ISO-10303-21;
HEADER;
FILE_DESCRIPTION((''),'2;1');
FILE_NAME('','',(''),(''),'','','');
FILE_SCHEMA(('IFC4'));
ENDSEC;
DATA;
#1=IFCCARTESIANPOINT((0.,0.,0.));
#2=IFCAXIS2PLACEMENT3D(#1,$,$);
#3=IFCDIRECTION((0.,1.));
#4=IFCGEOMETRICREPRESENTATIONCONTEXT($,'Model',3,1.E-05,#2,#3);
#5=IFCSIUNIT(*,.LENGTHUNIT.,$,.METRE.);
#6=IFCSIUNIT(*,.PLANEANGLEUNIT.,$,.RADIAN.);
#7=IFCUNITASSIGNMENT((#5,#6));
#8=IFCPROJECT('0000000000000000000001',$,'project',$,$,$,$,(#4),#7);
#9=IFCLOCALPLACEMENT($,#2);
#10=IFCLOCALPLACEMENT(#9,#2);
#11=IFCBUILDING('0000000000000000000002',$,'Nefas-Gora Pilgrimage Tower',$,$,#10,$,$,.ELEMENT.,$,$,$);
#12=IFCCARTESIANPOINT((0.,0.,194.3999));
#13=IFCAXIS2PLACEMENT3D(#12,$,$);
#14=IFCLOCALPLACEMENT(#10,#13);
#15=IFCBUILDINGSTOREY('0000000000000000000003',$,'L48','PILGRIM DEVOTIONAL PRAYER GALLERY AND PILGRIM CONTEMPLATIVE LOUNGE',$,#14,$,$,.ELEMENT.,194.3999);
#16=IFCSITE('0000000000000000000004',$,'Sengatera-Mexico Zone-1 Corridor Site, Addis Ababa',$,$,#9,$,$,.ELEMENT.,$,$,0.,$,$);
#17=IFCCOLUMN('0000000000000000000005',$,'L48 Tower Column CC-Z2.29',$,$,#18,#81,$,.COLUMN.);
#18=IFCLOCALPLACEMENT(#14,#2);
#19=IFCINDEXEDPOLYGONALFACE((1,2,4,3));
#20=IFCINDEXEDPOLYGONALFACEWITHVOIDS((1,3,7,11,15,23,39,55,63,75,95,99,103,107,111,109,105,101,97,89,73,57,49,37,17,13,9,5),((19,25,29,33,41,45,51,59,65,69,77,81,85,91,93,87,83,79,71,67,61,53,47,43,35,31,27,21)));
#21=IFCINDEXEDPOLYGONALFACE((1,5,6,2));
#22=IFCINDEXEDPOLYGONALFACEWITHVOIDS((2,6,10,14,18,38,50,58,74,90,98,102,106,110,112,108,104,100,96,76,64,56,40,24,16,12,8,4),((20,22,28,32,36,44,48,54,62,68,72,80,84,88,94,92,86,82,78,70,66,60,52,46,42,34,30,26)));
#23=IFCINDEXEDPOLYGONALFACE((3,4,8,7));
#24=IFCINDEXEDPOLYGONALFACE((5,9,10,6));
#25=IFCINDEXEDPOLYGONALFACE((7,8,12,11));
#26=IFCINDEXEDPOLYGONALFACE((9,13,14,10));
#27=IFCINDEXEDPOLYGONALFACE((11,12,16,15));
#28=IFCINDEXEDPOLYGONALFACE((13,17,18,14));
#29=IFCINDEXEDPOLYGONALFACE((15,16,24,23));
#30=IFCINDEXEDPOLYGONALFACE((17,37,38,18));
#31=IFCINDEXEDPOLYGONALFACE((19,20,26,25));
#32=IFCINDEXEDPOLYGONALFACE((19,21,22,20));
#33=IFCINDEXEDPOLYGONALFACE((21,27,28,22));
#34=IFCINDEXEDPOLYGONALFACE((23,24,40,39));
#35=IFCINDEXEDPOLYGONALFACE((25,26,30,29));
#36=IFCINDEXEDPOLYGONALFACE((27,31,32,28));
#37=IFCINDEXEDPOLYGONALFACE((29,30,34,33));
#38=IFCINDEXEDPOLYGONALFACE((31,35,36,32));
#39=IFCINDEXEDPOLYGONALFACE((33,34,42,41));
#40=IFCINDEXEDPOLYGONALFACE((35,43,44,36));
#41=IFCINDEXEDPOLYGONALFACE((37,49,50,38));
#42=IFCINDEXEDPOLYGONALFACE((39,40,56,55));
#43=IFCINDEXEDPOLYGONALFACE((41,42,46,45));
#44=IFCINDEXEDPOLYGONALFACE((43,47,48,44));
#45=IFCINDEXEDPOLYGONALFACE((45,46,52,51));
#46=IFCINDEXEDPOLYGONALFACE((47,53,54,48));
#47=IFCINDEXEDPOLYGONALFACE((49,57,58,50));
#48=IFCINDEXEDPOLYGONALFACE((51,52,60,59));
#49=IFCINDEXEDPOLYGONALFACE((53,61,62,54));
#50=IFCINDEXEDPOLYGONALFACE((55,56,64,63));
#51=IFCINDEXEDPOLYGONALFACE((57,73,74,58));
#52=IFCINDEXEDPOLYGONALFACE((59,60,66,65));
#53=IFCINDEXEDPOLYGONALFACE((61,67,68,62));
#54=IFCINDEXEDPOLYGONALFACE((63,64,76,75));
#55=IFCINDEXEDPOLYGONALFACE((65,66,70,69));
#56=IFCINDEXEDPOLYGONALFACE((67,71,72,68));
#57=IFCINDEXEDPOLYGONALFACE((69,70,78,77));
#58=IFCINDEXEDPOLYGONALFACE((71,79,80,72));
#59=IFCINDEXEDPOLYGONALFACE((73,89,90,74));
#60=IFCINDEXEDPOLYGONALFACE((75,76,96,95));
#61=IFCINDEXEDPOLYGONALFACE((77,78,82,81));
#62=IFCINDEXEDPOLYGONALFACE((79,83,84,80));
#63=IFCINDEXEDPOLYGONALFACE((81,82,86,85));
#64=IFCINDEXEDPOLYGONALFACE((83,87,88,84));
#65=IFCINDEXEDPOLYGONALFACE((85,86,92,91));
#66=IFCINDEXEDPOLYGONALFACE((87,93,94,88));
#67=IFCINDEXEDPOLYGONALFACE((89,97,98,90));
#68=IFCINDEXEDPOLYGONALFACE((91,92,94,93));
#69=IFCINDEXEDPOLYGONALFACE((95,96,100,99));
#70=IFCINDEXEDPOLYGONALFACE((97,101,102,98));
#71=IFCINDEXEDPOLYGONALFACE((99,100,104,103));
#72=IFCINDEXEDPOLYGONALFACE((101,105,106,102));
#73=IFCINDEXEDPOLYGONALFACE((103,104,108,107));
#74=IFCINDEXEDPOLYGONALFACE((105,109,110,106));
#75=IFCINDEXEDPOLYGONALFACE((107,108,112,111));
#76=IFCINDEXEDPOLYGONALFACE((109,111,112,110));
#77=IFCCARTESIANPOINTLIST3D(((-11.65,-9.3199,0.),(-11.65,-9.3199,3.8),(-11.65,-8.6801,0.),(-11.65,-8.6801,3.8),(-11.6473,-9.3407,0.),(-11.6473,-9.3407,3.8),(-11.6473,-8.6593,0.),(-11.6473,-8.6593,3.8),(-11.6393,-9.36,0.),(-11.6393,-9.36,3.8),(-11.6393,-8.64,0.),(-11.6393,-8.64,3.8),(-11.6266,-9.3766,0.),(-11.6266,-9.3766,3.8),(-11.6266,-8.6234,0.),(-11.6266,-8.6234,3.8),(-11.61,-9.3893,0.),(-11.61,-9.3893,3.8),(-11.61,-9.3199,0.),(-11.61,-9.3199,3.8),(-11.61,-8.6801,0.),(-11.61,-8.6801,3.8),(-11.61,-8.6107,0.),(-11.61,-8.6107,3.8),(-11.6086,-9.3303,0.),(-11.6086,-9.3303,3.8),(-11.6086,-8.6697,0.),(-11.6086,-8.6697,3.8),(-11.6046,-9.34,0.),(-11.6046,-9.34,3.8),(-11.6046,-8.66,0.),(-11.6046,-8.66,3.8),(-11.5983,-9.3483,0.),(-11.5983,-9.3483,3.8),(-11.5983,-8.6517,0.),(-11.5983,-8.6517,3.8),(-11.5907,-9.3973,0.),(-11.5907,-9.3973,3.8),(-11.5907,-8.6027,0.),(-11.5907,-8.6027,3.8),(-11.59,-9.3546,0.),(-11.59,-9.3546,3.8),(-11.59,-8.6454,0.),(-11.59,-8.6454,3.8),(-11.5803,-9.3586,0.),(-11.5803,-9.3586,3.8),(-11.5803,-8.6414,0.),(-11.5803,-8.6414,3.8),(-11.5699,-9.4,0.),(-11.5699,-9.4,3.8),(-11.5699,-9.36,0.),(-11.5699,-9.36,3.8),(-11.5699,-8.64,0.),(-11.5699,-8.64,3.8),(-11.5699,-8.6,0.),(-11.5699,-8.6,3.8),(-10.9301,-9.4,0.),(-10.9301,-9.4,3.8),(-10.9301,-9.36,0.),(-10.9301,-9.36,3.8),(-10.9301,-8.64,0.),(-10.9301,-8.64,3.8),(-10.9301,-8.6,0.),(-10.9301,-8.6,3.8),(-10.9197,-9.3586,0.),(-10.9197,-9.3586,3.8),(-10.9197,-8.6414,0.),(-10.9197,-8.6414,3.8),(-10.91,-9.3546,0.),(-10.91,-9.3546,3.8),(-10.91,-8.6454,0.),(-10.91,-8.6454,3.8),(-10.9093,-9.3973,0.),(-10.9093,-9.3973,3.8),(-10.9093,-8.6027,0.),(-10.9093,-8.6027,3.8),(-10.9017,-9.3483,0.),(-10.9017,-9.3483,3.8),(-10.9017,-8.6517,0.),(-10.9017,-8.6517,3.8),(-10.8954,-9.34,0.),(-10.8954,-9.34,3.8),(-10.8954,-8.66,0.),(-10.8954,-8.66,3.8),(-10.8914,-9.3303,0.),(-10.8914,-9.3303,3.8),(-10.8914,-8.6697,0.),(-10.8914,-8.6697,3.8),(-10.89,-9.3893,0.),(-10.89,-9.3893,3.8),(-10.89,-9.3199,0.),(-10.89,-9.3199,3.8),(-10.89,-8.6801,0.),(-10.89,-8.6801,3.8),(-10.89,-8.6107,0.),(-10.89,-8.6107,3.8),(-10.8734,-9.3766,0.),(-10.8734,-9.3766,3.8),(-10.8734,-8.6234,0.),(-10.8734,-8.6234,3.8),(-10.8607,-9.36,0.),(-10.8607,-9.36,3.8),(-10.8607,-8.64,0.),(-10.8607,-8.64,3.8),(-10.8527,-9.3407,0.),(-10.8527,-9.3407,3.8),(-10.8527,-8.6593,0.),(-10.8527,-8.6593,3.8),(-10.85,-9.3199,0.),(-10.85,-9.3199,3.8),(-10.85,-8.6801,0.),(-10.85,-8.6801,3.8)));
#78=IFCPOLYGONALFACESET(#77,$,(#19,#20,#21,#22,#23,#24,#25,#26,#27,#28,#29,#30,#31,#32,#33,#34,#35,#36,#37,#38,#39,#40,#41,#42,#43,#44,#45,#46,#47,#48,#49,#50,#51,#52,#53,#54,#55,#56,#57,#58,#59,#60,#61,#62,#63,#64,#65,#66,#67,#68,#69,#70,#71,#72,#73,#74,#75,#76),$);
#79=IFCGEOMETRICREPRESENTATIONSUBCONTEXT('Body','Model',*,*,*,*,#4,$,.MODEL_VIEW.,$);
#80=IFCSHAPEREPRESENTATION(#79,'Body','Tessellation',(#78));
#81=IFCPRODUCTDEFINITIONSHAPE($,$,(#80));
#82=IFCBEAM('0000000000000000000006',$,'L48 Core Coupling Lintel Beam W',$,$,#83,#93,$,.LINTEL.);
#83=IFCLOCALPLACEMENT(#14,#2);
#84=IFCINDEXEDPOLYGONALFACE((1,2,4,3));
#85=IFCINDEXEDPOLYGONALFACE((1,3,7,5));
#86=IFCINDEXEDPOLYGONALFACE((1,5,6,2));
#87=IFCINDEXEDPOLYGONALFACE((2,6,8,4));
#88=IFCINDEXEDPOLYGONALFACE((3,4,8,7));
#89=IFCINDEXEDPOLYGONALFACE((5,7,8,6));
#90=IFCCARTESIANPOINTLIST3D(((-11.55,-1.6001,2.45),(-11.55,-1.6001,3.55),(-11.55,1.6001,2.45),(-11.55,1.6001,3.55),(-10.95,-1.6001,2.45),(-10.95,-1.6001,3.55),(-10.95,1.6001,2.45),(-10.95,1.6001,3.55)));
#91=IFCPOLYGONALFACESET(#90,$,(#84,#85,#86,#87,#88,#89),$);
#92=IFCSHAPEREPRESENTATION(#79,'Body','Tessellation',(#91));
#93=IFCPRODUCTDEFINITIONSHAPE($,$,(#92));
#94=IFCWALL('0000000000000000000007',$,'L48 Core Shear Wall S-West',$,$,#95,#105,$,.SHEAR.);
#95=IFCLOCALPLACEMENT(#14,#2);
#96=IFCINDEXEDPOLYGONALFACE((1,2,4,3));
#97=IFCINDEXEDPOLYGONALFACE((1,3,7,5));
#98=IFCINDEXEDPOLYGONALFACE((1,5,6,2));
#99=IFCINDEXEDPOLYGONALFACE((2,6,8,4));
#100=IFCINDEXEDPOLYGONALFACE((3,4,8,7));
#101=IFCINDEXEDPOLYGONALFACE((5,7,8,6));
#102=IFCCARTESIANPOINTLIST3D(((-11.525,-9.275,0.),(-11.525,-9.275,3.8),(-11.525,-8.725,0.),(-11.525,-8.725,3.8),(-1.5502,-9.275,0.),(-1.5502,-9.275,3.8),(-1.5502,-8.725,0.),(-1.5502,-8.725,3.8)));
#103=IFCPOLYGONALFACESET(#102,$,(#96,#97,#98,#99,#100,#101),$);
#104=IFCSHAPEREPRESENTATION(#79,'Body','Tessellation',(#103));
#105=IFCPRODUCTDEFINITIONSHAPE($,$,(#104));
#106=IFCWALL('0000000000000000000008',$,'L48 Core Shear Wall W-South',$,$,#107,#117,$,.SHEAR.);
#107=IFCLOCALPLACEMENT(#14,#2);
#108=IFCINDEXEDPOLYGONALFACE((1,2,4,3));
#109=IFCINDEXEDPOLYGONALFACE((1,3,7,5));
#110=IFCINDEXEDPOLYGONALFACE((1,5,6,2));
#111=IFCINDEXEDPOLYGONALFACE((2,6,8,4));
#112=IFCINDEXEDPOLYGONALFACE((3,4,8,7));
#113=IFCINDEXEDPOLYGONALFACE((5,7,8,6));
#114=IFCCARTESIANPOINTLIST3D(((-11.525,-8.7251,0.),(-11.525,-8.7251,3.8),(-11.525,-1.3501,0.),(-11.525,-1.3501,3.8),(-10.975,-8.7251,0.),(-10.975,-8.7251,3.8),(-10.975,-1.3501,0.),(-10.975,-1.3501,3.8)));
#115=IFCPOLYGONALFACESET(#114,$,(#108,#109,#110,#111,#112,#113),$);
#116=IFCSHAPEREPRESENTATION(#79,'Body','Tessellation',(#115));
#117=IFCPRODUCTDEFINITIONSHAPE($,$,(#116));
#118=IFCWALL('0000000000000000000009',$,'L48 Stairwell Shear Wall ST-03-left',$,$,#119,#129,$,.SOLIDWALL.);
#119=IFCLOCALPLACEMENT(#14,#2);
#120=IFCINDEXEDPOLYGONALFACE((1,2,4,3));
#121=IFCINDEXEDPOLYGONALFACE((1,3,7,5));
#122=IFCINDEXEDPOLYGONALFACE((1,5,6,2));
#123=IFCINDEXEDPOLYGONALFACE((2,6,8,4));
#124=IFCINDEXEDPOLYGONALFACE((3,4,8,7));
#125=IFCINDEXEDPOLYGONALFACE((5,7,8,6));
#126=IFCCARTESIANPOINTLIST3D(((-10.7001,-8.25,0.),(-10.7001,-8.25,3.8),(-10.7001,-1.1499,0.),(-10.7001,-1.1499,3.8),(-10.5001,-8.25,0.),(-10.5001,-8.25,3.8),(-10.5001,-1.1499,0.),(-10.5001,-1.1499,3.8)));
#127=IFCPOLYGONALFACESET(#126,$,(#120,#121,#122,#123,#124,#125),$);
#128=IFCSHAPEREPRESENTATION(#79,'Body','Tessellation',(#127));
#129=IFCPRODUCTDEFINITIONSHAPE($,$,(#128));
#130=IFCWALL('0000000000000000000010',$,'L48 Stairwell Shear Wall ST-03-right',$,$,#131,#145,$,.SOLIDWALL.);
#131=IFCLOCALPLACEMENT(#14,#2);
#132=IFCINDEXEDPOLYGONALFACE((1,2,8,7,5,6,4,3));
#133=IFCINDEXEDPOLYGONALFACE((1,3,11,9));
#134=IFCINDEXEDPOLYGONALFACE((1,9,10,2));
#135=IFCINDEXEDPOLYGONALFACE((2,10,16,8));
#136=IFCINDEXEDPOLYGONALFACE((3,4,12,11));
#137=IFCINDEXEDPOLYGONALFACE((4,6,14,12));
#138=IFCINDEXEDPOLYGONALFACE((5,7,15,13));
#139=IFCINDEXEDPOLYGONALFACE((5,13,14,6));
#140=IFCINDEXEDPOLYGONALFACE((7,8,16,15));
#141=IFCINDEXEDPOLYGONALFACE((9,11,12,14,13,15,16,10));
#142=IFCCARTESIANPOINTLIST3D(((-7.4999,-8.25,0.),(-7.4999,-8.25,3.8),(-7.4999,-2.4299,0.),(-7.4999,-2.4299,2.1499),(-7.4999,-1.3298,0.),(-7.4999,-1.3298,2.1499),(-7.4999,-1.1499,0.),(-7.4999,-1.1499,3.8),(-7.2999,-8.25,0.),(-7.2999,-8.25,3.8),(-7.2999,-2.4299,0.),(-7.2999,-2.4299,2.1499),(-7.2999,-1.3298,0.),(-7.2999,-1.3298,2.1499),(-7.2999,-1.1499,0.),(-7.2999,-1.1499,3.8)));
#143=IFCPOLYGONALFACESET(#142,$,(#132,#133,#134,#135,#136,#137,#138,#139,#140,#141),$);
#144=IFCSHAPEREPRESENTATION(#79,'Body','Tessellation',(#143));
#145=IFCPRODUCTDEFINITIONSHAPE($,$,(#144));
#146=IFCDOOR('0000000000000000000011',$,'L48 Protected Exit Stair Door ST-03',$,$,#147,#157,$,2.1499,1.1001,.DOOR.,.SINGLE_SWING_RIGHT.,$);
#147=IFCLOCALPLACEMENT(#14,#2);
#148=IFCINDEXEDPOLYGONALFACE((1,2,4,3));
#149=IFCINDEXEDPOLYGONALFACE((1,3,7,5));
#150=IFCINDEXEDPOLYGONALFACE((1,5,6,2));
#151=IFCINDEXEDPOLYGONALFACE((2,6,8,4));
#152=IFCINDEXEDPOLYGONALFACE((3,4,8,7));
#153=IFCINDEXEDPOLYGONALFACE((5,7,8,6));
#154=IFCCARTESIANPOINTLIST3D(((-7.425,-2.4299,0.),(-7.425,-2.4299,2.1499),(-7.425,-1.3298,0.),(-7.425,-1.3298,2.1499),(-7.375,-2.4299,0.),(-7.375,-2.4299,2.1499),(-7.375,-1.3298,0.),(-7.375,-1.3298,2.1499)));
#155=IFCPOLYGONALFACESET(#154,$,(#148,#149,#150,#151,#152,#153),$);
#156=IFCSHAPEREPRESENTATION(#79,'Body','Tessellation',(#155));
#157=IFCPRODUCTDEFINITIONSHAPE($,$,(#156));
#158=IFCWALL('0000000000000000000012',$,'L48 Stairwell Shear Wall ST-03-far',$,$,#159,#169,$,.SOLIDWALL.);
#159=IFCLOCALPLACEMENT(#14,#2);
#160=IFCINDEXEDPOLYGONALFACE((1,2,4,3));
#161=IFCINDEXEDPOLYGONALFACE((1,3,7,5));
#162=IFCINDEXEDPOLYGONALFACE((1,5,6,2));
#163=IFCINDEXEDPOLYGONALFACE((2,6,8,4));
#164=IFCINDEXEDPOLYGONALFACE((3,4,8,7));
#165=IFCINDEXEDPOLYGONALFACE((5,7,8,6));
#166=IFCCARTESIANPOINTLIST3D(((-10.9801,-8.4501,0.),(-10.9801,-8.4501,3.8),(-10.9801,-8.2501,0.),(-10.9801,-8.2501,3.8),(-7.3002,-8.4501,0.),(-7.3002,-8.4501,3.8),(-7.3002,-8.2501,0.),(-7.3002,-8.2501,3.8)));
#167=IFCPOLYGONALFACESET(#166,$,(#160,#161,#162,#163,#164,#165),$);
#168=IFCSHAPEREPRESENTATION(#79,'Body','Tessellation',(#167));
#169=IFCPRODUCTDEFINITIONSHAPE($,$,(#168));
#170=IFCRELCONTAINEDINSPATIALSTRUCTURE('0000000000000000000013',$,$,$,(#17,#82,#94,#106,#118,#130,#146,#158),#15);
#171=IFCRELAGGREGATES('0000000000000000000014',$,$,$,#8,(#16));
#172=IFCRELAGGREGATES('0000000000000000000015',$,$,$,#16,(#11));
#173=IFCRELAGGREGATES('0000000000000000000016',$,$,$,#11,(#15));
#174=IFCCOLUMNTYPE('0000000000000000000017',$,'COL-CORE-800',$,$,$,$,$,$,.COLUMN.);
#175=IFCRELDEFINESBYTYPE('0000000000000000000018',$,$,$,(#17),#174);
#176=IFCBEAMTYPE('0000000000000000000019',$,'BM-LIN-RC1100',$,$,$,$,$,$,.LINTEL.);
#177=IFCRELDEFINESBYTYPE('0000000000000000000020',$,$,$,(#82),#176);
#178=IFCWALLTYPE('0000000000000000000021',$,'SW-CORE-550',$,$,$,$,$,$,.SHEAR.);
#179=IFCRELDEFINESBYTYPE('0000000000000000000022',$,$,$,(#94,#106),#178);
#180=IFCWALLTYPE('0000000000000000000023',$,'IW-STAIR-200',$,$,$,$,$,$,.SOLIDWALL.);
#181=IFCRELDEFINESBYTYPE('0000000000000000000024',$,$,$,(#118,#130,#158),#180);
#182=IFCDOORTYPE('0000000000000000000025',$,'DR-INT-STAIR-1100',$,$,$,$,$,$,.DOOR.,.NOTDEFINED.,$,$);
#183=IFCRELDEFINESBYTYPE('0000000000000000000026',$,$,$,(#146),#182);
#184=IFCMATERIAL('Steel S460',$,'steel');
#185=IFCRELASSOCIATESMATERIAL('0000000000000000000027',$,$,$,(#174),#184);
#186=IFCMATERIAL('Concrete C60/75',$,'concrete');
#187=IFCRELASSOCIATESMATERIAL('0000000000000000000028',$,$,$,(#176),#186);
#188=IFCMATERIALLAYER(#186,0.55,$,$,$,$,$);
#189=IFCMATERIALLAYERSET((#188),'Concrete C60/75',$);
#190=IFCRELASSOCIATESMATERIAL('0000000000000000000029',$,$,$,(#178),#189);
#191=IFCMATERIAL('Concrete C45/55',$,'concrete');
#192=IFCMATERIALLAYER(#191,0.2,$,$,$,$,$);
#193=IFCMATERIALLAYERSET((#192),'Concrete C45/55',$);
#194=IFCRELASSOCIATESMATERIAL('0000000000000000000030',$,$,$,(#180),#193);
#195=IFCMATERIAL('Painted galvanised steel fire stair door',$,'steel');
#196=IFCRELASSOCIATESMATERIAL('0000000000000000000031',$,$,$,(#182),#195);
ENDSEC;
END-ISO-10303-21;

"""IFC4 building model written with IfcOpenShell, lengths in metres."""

from ifc_helpers import new_model, si_unit, direction, frame, frame_2d, origin, origin_2d, place, context, subcontext, project, spatial, rectangle, hollow_rectangle, extrude, source, transform, mapped, material, layer, layer_set, material_profile, profile_set, type_object, element, fill, save


model = new_model("IFC4")

# Units and contexts
model_context = context("Model", 3, precision=1e-05, world=origin(), true_north=direction((0.0, 1.0)))
body_context = subcontext(model_context, "Body", "Model", "MODEL_VIEW")
ifc_project = project(units=[si_unit("LENGTHUNIT", "METRE"), si_unit("PLANEANGLEUNIT", "RADIAN")], contexts=[model_context])

# Site, building, storey
site_placement = place(None, origin())
site = spatial("IfcSite", under=ifc_project, at=site_placement, Name="Sengatera-Mexico Zone-1 Corridor Site, Addis Ababa", CompositionType="ELEMENT", RefElevation=0.0)
building_placement = place(site_placement, origin())
building = spatial("IfcBuilding", under=site, at=building_placement, Name="Nefas-Gora Pilgrimage Tower", CompositionType="ELEMENT")
storey_placement = place(building_placement, frame((0.0, 0.0, 194.3999)))
storey = spatial("IfcBuildingStorey", under=building, at=storey_placement, Name="L48", Description="PILGRIM DEVOTIONAL PRAYER GALLERY AND PILGRIM CONTEMPLATIVE LOUNGE", CompositionType="ELEMENT", Elevation=194.3999)

# Column
ifc_material_1 = material(Name="Steel S460", Category="steel")
ifc_material_profile_1 = material_profile(ifc_material_1, hollow_rectangle(XDim=0.8, YDim=0.8, WallThickness=0.04, InnerFilletRadius=0.04, OuterFilletRadius=0.0801, at=origin_2d()), Name="BOX 800x800x40")
ifc_profile_set_1 = profile_set([ifc_material_profile_1], Name="Steel S460")
column_type = type_object("IfcColumnType", Name="COL-CORE-800", PredefinedType="COLUMN", material=ifc_profile_set_1)
shared_shape_1 = source(origin(), body_context, "Body", "SweptSolid", [
    extrude(hollow_rectangle(XDim=0.8, YDim=0.8, WallThickness=0.04, InnerFilletRadius=0.04, OuterFilletRadius=0.0801, at=origin_2d()), origin(), (0.0, 0.0, 1.0), 3.8),
])
column_placement = place(storey_placement, frame((-11.25, -9.0, 0.0), z_axis=(0.0, 0.0, 1.0), x_axis=(1.0, 0.0, 0.0)))
element("IfcColumn", 1, at=column_placement, inside=storey, type_object=column_type, Name="L48 Tower Column CC-Z2.29", PredefinedType="COLUMN", context=body_context, shape_type="MappedRepresentation", body=[
    mapped(shared_shape_1, transform((0.0, 0.0, 0.0), x_axis=(1.0, 0.0, 0.0), y_axis=(0.0, 1.0, 0.0), z_axis=(0.0, 0.0, 1.0), scale=1.0)),
])

# Beam
ifc_material_2 = material(Name="Concrete C60/75", Category="concrete")
ifc_material_profile_2 = material_profile(ifc_material_2, rectangle(XDim=0.6001, YDim=1.1001, at=origin_2d()), Name="RC 600x1100")
ifc_profile_set_2 = profile_set([ifc_material_profile_2], Name="Concrete C60/75")
beam_type = type_object("IfcBeamType", Name="BM-LIN-RC1100", PredefinedType="LINTEL", material=ifc_profile_set_2)
shared_shape_2 = source(origin(), body_context, "Body", "SweptSolid", [
    extrude(rectangle(XDim=0.6001, YDim=1.1001, at=origin_2d()), origin(), (0.0, 0.0, 1.0), 3.2002),
])
beam_placement = place(storey_placement, frame((-11.25, -1.6001, 3.0), z_axis=(0.0, 1.0, 0.0), x_axis=(-1.0, 0.0, 0.0)))
element("IfcBeam", 2, at=beam_placement, inside=storey, type_object=beam_type, Name="L48 Core Coupling Lintel Beam W", PredefinedType="LINTEL", context=body_context, shape_type="MappedRepresentation", body=[
    mapped(shared_shape_2, transform((0.0, 0.0, 0.0), x_axis=(1.0, 0.0, 0.0), y_axis=(0.0, 1.0, 0.0), z_axis=(0.0, 0.0, 1.0), scale=1.0)),
])

# Walls
ifc_layer_1 = layer(ifc_material_2, 0.55)
ifc_layer_set_1 = layer_set([ifc_layer_1], Name="Concrete C60/75")
wall_type_1 = type_object("IfcWallType", Name="SW-CORE-550", PredefinedType="SHEAR", material=ifc_layer_set_1)
shared_shape_3 = source(origin(), body_context, "Body", "SweptSolid", [
    extrude(rectangle(XDim=9.9749, YDim=0.55, at=frame_2d((4.9873, 0.0))), origin(), (0.0, 0.0, 1.0), 3.8),
])
wall_1_placement = place(storey_placement, frame((-11.5249, -9.0, 0.0), z_axis=(0.0, 0.0, 1.0), x_axis=(1.0, 0.0, 0.0)))
element("IfcWall", 3, at=wall_1_placement, inside=storey, type_object=wall_type_1, Name="L48 Core Shear Wall S-West", PredefinedType="SHEAR", context=body_context, shape_type="MappedRepresentation", body=[
    mapped(shared_shape_3, transform((0.0, 0.0, 0.0), x_axis=(1.0, 0.0, 0.0), y_axis=(0.0, 1.0, 0.0), z_axis=(0.0, 0.0, 1.0), scale=1.0)),
])
shared_shape_4 = source(origin(), body_context, "Body", "SweptSolid", [
    extrude(rectangle(XDim=7.375, YDim=0.55, at=frame_2d((3.6875, 0.0))), origin(), (0.0, 0.0, 1.0), 3.8),
])
wall_2_placement = place(storey_placement, frame((-11.25, -8.7251, 0.0), z_axis=(0.0, 0.0, 1.0), x_axis=(0.0, 1.0, 0.0)))
element("IfcWall", 4, at=wall_2_placement, inside=storey, type_object=wall_type_1, Name="L48 Core Shear Wall W-South", PredefinedType="SHEAR", context=body_context, shape_type="MappedRepresentation", body=[
    mapped(shared_shape_4, transform((0.0, 0.0, 0.0), x_axis=(1.0, 0.0, 0.0), y_axis=(0.0, 1.0, 0.0), z_axis=(0.0, 0.0, 1.0), scale=1.0)),
])
ifc_material_3 = material(Name="Concrete C45/55", Category="concrete")
ifc_layer_2 = layer(ifc_material_3, 0.2)
ifc_layer_set_2 = layer_set([ifc_layer_2], Name="Concrete C45/55")
wall_type_2 = type_object("IfcWallType", Name="IW-STAIR-200", PredefinedType="SOLIDWALL", material=ifc_layer_set_2)
shared_shape_5 = source(origin(), body_context, "Body", "SweptSolid", [
    extrude(rectangle(XDim=7.1001, YDim=0.2, at=frame_2d((3.55, 0.0))), origin(), (0.0, 0.0, 1.0), 3.8),
])
wall_3_placement = place(storey_placement, frame((-10.6001, -1.1499, 0.0), z_axis=(0.0, 0.0, 1.0), x_axis=(0.0, -1.0, 0.0)))
element("IfcWall", 5, at=wall_3_placement, inside=storey, type_object=wall_type_2, Name="L48 Stairwell Shear Wall ST-03-left", PredefinedType="SOLIDWALL", context=body_context, shape_type="MappedRepresentation", body=[
    mapped(shared_shape_5, transform((0.0, 0.0, 0.0), x_axis=(1.0, 0.0, 0.0), y_axis=(0.0, 1.0, 0.0), z_axis=(0.0, 0.0, 1.0), scale=1.0)),
])

# Wall, opening, door
wall_4_placement = place(storey_placement, frame((-7.3999, -1.1499, 0.0), z_axis=(0.0, 0.0, 1.0), x_axis=(0.0, -1.0, 0.0)))
wall_4 = element("IfcWall", 6, at=wall_4_placement, inside=storey, type_object=wall_type_2, Name="L48 Stairwell Shear Wall ST-03-right", PredefinedType="SOLIDWALL", context=body_context, shape_type="MappedRepresentation", body=[
    mapped(shared_shape_5, transform((0.0, 0.0, 0.0), x_axis=(1.0, 0.0, 0.0), y_axis=(0.0, 1.0, 0.0), z_axis=(0.0, 0.0, 1.0), scale=1.0)),
])
opening_1_placement = place(wall_4_placement, frame((0.1799, 0.0, 0.0)))
opening_1 = element("IfcOpeningElement", 7, at=opening_1_placement, cuts=wall_4, PredefinedType="OPENING", context=body_context, shape_type="SweptSolid", body=[
    extrude(rectangle(XDim=1.1001, YDim=2.1499, at=frame_2d((0.55, 1.075))), frame((0.0, 0.1099, 0.0), z_axis=(0.0, -1.0, 0.0), x_axis=(1.0, 0.0, 0.0)), (0.0, 0.0, 1.0), 0.22),
])
ifc_material_4 = material(Name="Painted galvanised steel fire stair door", Category="steel")
door_type_1 = type_object("IfcDoorType", Name="DR-INT-STAIR-1100", OperationType="NOTDEFINED", PredefinedType="DOOR", material=ifc_material_4)
shared_shape_6 = source(origin(), body_context, "Body", "SweptSolid", [
    extrude(rectangle(XDim=1.1001, YDim=2.1499, at=frame_2d((0.55, 1.075))), frame((0.0, 0.0249, 0.0), z_axis=(0.0, -1.0, 0.0), x_axis=(1.0, 0.0, 0.0)), (0.0, 0.0, 1.0), 0.05),
])
door_1_placement = place(opening_1_placement, origin())
door_1 = element("IfcDoor", 8, at=door_1_placement, inside=storey, type_object=door_type_1, Name="L48 Protected Exit Stair Door ST-03", OperationType="SINGLE_SWING_RIGHT", OverallHeight=2.1499, OverallWidth=1.1001, PredefinedType="DOOR", context=body_context, shape_type="MappedRepresentation", body=[
    mapped(shared_shape_6, transform((0.0, 0.0, 0.0), x_axis=(1.0, 0.0, 0.0), y_axis=(0.0, 1.0, 0.0), z_axis=(0.0, 0.0, 1.0), scale=1.0)),
])
fill(opening_1, door_1)

# Wall
shared_shape_7 = source(origin(), body_context, "Body", "SweptSolid", [
    extrude(rectangle(XDim=3.6799, YDim=0.2, at=frame_2d((1.8398, 0.0))), origin(), (0.0, 0.0, 1.0), 3.8),
])
wall_5_placement = place(storey_placement, frame((-10.98, -8.3501, 0.0), z_axis=(0.0, 0.0, 1.0), x_axis=(1.0, 0.0, 0.0)))
element("IfcWall", 9, at=wall_5_placement, inside=storey, type_object=wall_type_2, Name="L48 Stairwell Shear Wall ST-03-far", PredefinedType="SOLIDWALL", context=body_context, shape_type="MappedRepresentation", body=[
    mapped(shared_shape_7, transform((0.0, 0.0, 0.0), x_axis=(1.0, 0.0, 0.0), y_axis=(0.0, 1.0, 0.0), z_axis=(0.0, 0.0, 1.0), scale=1.0)),
])

save(model, "model.ifc")
